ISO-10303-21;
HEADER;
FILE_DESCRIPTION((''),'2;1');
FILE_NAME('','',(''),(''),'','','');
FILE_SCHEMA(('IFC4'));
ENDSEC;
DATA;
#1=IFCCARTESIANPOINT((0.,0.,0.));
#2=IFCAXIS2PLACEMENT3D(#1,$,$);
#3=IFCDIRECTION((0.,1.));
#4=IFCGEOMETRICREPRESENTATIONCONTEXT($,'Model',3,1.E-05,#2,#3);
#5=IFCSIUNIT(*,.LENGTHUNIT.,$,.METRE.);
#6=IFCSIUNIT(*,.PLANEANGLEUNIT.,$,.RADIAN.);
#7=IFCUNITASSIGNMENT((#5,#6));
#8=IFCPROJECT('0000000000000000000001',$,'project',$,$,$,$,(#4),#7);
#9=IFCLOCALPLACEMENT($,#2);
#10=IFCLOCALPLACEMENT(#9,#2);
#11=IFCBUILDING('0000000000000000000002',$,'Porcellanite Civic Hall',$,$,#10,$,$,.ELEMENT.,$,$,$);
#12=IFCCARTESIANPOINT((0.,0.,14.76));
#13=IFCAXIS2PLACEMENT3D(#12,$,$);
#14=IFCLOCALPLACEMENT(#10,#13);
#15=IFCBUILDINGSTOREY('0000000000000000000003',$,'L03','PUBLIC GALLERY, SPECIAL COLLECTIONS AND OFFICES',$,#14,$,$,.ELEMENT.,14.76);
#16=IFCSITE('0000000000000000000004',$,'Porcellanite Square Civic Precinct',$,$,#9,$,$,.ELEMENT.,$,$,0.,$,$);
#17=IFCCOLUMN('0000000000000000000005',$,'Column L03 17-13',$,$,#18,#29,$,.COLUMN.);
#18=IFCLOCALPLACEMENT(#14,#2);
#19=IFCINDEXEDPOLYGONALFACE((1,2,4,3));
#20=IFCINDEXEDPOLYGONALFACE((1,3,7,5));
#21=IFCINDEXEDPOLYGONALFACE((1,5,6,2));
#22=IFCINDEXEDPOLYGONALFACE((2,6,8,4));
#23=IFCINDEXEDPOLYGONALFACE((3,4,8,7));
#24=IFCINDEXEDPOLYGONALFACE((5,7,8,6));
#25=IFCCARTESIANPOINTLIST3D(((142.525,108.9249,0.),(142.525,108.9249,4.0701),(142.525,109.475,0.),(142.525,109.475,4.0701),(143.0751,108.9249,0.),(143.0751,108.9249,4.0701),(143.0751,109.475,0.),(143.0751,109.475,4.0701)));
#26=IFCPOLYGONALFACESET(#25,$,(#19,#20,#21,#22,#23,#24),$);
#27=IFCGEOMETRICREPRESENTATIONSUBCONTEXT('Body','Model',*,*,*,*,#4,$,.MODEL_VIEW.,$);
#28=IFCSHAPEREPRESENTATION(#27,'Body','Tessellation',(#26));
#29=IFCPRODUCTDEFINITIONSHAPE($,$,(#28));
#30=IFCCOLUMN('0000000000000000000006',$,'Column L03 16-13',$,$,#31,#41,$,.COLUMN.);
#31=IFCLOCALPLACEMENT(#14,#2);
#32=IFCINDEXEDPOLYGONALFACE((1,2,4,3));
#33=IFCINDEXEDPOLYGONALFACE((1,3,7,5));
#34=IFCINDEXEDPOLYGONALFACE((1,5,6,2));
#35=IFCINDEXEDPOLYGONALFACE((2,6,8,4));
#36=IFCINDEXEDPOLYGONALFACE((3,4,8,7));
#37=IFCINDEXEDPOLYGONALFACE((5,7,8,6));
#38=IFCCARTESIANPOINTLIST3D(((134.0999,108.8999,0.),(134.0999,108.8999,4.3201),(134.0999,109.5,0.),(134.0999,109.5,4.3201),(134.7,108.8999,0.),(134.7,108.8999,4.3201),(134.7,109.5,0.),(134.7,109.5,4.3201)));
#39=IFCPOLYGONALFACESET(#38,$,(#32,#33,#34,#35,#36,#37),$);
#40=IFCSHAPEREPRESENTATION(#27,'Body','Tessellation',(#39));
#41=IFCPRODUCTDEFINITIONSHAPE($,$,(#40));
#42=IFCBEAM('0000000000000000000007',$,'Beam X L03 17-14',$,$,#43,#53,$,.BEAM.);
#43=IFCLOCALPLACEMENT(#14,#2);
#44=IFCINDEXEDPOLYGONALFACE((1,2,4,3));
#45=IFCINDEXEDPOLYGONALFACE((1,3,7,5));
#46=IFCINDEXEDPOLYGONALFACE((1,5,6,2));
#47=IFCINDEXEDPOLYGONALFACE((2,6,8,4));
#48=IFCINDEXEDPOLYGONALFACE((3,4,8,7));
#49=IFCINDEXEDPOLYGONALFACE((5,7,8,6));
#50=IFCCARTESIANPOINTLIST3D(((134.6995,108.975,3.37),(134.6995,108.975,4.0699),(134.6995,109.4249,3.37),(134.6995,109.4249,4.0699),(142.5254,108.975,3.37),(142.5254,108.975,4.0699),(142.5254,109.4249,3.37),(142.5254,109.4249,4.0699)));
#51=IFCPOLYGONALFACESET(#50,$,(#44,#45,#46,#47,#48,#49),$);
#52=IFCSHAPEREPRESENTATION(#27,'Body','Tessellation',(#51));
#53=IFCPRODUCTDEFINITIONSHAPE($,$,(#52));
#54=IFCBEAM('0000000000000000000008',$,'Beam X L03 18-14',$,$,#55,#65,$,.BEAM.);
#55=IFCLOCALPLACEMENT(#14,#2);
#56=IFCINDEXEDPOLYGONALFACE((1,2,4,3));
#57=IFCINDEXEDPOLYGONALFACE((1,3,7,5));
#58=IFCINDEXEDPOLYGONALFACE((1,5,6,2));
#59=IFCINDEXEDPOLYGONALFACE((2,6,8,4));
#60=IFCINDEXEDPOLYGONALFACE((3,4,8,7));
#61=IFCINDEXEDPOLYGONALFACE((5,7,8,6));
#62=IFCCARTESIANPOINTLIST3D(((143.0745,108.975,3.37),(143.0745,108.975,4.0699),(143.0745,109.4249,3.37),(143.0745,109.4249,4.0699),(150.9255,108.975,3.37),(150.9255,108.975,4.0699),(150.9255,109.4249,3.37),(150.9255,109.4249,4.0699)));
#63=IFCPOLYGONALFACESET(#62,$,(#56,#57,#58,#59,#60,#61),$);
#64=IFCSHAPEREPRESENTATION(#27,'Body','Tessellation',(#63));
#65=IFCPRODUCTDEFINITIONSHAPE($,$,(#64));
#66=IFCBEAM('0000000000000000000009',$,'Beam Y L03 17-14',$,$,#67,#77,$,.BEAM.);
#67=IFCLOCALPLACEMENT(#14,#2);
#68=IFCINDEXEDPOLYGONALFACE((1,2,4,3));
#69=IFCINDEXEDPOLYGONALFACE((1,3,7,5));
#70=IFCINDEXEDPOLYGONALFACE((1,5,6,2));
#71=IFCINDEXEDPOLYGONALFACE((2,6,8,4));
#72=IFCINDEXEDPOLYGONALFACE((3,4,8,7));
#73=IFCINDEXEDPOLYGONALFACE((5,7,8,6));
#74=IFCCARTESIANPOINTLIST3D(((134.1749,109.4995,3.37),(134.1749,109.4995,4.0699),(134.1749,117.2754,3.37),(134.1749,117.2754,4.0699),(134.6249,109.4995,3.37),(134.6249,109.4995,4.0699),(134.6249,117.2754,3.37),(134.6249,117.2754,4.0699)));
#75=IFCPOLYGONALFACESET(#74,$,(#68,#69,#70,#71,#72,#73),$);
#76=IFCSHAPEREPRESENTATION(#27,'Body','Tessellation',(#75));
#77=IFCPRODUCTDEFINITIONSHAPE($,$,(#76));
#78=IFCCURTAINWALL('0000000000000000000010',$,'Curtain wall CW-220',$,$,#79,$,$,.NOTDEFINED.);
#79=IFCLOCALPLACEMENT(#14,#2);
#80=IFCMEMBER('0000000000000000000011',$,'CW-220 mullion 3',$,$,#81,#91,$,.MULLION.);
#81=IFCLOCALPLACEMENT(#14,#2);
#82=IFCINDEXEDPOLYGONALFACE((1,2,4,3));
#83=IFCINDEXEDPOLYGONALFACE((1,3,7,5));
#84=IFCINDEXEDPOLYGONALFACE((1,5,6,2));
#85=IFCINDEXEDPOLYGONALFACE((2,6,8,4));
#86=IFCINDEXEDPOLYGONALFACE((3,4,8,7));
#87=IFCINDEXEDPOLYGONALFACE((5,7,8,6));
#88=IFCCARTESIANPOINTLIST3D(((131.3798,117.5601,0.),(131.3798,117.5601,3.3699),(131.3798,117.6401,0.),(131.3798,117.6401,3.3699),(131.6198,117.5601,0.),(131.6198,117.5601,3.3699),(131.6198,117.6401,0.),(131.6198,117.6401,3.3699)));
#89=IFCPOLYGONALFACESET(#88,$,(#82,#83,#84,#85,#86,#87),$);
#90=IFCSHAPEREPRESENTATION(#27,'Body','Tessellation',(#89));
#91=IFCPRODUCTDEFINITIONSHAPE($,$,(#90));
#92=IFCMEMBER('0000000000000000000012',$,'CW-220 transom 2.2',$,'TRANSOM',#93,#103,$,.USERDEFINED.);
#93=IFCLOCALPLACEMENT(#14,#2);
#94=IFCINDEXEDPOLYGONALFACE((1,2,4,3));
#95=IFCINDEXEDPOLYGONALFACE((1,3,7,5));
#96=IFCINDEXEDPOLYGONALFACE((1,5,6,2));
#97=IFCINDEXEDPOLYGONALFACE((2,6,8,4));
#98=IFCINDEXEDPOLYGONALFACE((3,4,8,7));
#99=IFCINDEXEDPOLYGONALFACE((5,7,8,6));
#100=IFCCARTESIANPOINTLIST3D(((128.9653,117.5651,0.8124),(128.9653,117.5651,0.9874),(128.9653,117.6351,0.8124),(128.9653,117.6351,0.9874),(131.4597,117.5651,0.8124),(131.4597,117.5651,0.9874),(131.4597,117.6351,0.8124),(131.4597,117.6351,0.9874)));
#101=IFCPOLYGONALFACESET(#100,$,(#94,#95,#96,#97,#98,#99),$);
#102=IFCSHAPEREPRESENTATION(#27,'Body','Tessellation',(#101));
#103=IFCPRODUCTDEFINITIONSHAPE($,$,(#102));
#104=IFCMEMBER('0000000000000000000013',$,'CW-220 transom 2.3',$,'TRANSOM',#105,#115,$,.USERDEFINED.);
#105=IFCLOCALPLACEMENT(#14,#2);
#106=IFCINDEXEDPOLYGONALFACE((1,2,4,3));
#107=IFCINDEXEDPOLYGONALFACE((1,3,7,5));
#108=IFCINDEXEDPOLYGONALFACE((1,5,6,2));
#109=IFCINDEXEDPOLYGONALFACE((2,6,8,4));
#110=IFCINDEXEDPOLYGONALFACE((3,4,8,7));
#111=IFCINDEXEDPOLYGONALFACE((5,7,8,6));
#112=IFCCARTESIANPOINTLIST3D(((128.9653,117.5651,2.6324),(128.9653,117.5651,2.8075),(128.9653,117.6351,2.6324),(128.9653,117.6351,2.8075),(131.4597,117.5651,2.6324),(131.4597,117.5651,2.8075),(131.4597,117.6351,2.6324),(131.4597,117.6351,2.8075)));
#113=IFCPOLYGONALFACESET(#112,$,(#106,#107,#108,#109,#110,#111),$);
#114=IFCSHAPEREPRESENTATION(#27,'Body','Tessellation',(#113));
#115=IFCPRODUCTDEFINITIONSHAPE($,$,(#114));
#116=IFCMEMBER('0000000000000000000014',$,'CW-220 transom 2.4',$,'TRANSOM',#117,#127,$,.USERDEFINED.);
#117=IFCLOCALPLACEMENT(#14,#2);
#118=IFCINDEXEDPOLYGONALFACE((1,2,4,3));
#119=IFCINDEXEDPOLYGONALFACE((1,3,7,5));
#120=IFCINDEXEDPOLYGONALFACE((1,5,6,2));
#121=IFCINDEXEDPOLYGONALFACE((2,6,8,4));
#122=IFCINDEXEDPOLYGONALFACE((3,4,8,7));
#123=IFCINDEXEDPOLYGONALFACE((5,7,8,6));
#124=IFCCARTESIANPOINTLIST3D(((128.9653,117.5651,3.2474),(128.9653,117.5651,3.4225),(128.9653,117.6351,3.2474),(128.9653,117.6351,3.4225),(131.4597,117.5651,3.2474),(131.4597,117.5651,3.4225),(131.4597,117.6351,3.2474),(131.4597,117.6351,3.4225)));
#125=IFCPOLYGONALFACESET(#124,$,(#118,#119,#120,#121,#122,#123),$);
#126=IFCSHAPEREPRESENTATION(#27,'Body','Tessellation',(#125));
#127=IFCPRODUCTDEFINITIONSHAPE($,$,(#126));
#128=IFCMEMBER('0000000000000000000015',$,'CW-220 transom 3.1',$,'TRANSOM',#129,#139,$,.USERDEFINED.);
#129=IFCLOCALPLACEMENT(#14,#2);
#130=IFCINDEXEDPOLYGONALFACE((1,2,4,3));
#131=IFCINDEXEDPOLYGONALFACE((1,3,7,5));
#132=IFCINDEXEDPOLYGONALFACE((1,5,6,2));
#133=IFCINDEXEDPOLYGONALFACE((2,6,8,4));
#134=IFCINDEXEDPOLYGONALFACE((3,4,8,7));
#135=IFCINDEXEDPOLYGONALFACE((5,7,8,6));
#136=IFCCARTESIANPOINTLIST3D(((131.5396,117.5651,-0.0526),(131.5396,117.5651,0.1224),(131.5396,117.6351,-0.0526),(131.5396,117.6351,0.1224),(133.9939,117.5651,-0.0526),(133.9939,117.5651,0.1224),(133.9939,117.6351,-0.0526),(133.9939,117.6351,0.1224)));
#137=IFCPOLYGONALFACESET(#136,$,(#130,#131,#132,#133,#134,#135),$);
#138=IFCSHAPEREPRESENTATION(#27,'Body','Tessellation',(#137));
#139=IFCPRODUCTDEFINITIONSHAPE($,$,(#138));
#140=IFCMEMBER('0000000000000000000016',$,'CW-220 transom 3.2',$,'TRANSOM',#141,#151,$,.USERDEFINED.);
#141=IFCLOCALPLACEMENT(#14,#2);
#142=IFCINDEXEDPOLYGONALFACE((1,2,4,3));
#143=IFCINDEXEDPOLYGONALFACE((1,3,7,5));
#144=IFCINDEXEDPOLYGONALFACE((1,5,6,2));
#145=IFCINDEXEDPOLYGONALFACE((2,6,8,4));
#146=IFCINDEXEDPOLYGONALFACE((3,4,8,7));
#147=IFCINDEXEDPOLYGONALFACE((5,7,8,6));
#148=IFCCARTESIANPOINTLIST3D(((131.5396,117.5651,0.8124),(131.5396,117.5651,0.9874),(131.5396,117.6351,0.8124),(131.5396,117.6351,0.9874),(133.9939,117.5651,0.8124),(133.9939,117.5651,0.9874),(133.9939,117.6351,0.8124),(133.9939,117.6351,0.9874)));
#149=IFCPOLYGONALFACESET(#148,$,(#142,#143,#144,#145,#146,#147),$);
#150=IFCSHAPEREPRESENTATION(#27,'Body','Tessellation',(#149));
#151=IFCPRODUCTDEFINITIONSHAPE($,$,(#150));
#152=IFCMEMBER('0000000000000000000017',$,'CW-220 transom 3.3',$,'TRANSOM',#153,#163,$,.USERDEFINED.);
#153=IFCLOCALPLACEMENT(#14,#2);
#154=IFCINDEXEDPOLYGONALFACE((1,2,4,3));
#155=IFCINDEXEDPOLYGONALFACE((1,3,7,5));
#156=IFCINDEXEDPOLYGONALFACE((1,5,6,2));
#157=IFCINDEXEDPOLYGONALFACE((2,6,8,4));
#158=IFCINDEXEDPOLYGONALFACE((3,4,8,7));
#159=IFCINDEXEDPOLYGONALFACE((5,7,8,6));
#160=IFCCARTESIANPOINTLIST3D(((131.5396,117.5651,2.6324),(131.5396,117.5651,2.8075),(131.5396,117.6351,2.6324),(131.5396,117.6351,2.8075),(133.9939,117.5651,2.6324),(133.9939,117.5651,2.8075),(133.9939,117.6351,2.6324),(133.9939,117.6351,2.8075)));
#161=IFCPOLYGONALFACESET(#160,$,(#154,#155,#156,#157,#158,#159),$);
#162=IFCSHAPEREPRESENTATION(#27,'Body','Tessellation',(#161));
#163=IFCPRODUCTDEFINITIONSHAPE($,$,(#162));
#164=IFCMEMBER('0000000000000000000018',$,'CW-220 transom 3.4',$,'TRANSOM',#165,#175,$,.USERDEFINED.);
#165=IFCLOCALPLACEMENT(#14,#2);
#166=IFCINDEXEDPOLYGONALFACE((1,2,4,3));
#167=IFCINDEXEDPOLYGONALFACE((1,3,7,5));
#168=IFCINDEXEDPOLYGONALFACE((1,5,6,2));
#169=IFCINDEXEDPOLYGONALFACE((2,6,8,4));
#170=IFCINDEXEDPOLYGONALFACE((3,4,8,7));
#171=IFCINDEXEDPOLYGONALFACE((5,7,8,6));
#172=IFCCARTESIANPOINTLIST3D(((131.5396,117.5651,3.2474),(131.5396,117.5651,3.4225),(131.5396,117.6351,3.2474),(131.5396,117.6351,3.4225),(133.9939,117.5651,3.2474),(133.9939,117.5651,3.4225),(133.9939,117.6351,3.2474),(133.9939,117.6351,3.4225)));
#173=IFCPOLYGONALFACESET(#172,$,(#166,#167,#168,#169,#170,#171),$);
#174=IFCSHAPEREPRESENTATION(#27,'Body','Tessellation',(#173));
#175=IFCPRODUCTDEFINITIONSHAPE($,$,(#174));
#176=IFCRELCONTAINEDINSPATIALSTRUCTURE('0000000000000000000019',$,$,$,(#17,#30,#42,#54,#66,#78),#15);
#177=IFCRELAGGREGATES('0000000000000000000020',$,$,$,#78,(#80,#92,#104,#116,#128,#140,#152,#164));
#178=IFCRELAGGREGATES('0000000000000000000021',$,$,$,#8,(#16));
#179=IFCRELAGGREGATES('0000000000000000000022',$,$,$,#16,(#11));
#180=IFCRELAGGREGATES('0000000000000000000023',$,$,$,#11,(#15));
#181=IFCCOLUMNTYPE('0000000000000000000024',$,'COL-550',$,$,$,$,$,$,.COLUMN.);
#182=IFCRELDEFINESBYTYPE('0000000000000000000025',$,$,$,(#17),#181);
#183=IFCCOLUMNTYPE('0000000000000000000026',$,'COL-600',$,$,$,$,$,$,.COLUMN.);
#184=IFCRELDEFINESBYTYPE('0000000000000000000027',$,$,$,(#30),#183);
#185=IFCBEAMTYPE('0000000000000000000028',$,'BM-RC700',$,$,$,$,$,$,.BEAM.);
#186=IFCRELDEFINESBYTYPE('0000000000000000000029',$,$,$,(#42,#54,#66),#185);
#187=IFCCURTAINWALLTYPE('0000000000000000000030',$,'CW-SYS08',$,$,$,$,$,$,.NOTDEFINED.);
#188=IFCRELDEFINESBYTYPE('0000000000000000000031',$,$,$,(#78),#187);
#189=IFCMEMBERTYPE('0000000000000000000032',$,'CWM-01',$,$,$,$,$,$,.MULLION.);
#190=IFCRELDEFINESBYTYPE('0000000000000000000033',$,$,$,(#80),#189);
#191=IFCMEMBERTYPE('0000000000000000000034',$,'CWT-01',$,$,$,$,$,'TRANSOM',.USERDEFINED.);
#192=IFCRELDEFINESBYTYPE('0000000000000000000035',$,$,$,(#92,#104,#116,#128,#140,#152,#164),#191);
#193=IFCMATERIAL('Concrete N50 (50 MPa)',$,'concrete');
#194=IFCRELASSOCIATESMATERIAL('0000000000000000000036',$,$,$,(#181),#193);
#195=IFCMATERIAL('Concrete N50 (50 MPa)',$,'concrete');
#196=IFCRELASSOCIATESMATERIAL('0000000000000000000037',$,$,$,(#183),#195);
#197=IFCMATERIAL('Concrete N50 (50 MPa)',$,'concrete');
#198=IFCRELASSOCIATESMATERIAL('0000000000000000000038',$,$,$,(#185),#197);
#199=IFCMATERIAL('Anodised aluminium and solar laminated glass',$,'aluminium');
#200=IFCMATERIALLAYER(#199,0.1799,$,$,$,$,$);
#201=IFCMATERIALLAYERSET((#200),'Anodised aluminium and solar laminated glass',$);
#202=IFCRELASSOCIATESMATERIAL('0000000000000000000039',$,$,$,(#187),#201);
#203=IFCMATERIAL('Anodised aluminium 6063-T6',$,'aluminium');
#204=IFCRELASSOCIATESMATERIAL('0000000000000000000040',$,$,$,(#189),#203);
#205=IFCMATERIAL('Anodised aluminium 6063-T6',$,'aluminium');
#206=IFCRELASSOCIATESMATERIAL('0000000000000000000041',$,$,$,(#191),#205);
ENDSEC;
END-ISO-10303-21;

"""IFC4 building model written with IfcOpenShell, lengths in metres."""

from ifc_helpers import new_model, si_unit, direction, frame, origin, origin_2d, place, context, subcontext, project, spatial, rectangle, extrude, material, layer, layer_set, material_profile, profile_set, type_object, element, aggregate, save


model = new_model("IFC4")

# Units and contexts
model_context = context("Model", 3, precision=1e-05, world=origin(), true_north=direction((0.0, 1.0)))
body_context = subcontext(model_context, "Body", "Model", "MODEL_VIEW")
ifc_project = project(units=[si_unit("LENGTHUNIT", "METRE"), si_unit("PLANEANGLEUNIT", "RADIAN")], contexts=[model_context])

# Site, building, storey
site_placement = place(None, origin())
site = spatial("IfcSite", under=ifc_project, at=site_placement, Name="Porcellanite Square Civic Precinct", CompositionType="ELEMENT", RefElevation=0.0)
building_placement = place(site_placement, origin())
building = spatial("IfcBuilding", under=site, at=building_placement, Name="Porcellanite Civic Hall", CompositionType="ELEMENT")
storey_placement = place(building_placement, frame((0.0, 0.0, 14.76)))
storey = spatial("IfcBuildingStorey", under=building, at=storey_placement, Name="L03", Description="PUBLIC GALLERY, SPECIAL COLLECTIONS AND OFFICES", CompositionType="ELEMENT", Elevation=14.76)

# Columns
ifc_material_1 = material(Name="Concrete N50 (50 MPa)", Category="concrete")
ifc_material_profile_1 = material_profile(ifc_material_1, rectangle(XDim=0.55, YDim=0.55, at=origin_2d()), Name="RC-550x550")
ifc_profile_set_1 = profile_set([ifc_material_profile_1], Name="Concrete N50 (50 MPa)")
column_type_1 = type_object("IfcColumnType", Name="COL-550", PredefinedType="COLUMN", material=ifc_profile_set_1)
column_1_placement = place(storey_placement, frame((142.8, 109.2, 0.0), z_axis=(0.0, 0.0, 1.0), x_axis=(1.0, 0.0, 0.0)))
element("IfcColumn", 1, at=column_1_placement, inside=storey, type_object=column_type_1, Name="Column L03 17-13", PredefinedType="COLUMN", context=body_context, shape_type="SweptSolid", body=[
    extrude(rectangle(XDim=0.55, YDim=0.55, at=origin_2d()), origin(), (0.0, 0.0, 1.0), 4.0701),
])
ifc_material_2 = material(Name="Concrete N50 (50 MPa)", Category="concrete")
ifc_material_profile_2 = material_profile(ifc_material_2, rectangle(XDim=0.6001, YDim=0.6001, at=origin_2d()), Name="RC-600x600")
ifc_profile_set_2 = profile_set([ifc_material_profile_2], Name="Concrete N50 (50 MPa)")
column_type_2 = type_object("IfcColumnType", Name="COL-600", PredefinedType="COLUMN", material=ifc_profile_set_2)
column_2_placement = place(storey_placement, frame((134.3999, 109.2, 0.0), z_axis=(0.0, 0.0, 1.0), x_axis=(1.0, 0.0, 0.0)))
element("IfcColumn", 2, at=column_2_placement, inside=storey, type_object=column_type_2, Name="Column L03 16-13", PredefinedType="COLUMN", context=body_context, shape_type="SweptSolid", body=[
    extrude(rectangle(XDim=0.6001, YDim=0.6001, at=origin_2d()), origin(), (0.0, 0.0, 1.0), 4.3201),
])

# Beams
ifc_material_3 = material(Name="Concrete N50 (50 MPa)", Category="concrete")
ifc_material_profile_3 = material_profile(ifc_material_3, rectangle(XDim=0.45, YDim=0.7, at=origin_2d()), Name="RC-450x700")
ifc_profile_set_3 = profile_set([ifc_material_profile_3], Name="Concrete N50 (50 MPa)")
beam_type_1 = type_object("IfcBeamType", Name="BM-RC700", PredefinedType="BEAM", material=ifc_profile_set_3)
beam_1_placement = place(storey_placement, frame((134.6995, 109.2, 3.72), z_axis=(1.0, 0.0, 0.0), x_axis=(0.0, 1.0, 0.0)))
element("IfcBeam", 3, at=beam_1_placement, inside=storey, type_object=beam_type_1, Name="Beam X L03 17-14", PredefinedType="BEAM", context=body_context, shape_type="SweptSolid", body=[
    extrude(rectangle(XDim=0.45, YDim=0.7, at=origin_2d()), origin(), (0.0, 0.0, 1.0), 7.8259),
])
beam_2_placement = place(storey_placement, frame((143.0745, 109.2, 3.72), z_axis=(1.0, 0.0, 0.0), x_axis=(0.0, 1.0, 0.0)))
element("IfcBeam", 4, at=beam_2_placement, inside=storey, type_object=beam_type_1, Name="Beam X L03 18-14", PredefinedType="BEAM", context=body_context, shape_type="SweptSolid", body=[
    extrude(rectangle(XDim=0.45, YDim=0.7, at=origin_2d()), origin(), (0.0, 0.0, 1.0), 7.8511),
])
beam_3_placement = place(storey_placement, frame((134.3999, 109.4995, 3.72), z_axis=(0.0, 1.0, 0.0), x_axis=(-1.0, 0.0, 0.0)))
element("IfcBeam", 5, at=beam_3_placement, inside=storey, type_object=beam_type_1, Name="Beam Y L03 17-14", PredefinedType="BEAM", context=body_context, shape_type="SweptSolid", body=[
    extrude(rectangle(XDim=0.45, YDim=0.7, at=origin_2d()), origin(), (0.0, 0.0, 1.0), 7.7759),
])

# Curtain wall, members
ifc_material_4 = material(Name="Anodised aluminium and solar laminated glass", Category="aluminium")
ifc_layer_1 = layer(ifc_material_4, 0.1799)
ifc_layer_set_1 = layer_set([ifc_layer_1], Name="Anodised aluminium and solar laminated glass")
curtain_wall_type = type_object("IfcCurtainWallType", Name="CW-SYS08", PredefinedType="NOTDEFINED", material=ifc_layer_set_1)
curtain_wall_placement = place(storey_placement, origin())
curtain_wall = element("IfcCurtainWall", 6, at=curtain_wall_placement, inside=storey, type_object=curtain_wall_type, Name="Curtain wall CW-220", PredefinedType="NOTDEFINED")
ifc_material_5 = material(Name="Anodised aluminium 6063-T6", Category="aluminium")
ifc_material_profile_4 = material_profile(ifc_material_5, rectangle(XDim=0.0801, YDim=0.24, at=origin_2d()), Name="AL-80x240")
ifc_profile_set_4 = profile_set([ifc_material_profile_4], Name="Anodised aluminium 6063-T6")
member_type_1 = type_object("IfcMemberType", Name="CWM-01", PredefinedType="MULLION", material=ifc_profile_set_4)
member_1_placement = place(storey_placement, frame((131.4998, 117.6001, 0.0), z_axis=(0.0, 0.0, 1.0), x_axis=(0.0, 1.0, 0.0)))
member_1 = element("IfcMember", 7, at=member_1_placement, type_object=member_type_1, Name="CW-220 mullion 3", PredefinedType="MULLION", context=body_context, shape_type="SweptSolid", body=[
    extrude(rectangle(XDim=0.0801, YDim=0.24, at=origin_2d()), origin(), (0.0, 0.0, 1.0), 3.3699),
])
ifc_material_6 = material(Name="Anodised aluminium 6063-T6", Category="aluminium")
ifc_material_profile_5 = material_profile(ifc_material_6, rectangle(XDim=0.0701, YDim=0.175, at=origin_2d()), Name="AL-70x175")
ifc_profile_set_5 = profile_set([ifc_material_profile_5], Name="Anodised aluminium 6063-T6")
member_type_2 = type_object("IfcMemberType", Name="CWT-01", ElementType="TRANSOM", PredefinedType="USERDEFINED", material=ifc_profile_set_5)
member_2_placement = place(storey_placement, frame((128.9653, 117.6001, 0.8999), z_axis=(1.0, 0.0, 0.0), x_axis=(0.0, 1.0, 0.0)))
member_2 = element("IfcMember", 8, at=member_2_placement, type_object=member_type_2, Name="CW-220 transom 2.2", ObjectType="TRANSOM", PredefinedType="USERDEFINED", context=body_context, shape_type="SweptSolid", body=[
    extrude(rectangle(XDim=0.0701, YDim=0.175, at=origin_2d()), origin(), (0.0, 0.0, 1.0), 2.4944),
])
member_3_placement = place(storey_placement, frame((128.9653, 117.6001, 2.72), z_axis=(1.0, 0.0, 0.0), x_axis=(0.0, 1.0, 0.0)))
member_3 = element("IfcMember", 9, at=member_3_placement, type_object=member_type_2, Name="CW-220 transom 2.3", ObjectType="TRANSOM", PredefinedType="USERDEFINED", context=body_context, shape_type="SweptSolid", body=[
    extrude(rectangle(XDim=0.0701, YDim=0.175, at=origin_2d()), origin(), (0.0, 0.0, 1.0), 2.4944),
])
member_4_placement = place(storey_placement, frame((128.9653, 117.6001, 3.335), z_axis=(1.0, 0.0, 0.0), x_axis=(0.0, 1.0, 0.0)))
member_4 = element("IfcMember", 10, at=member_4_placement, type_object=member_type_2, Name="CW-220 transom 2.4", ObjectType="TRANSOM", PredefinedType="USERDEFINED", context=body_context, shape_type="SweptSolid", body=[
    extrude(rectangle(XDim=0.0701, YDim=0.175, at=origin_2d()), origin(), (0.0, 0.0, 1.0), 2.4944),
])
member_5_placement = place(storey_placement, frame((131.5396, 117.6001, 0.0349), z_axis=(1.0, 0.0, 0.0), x_axis=(0.0, 1.0, 0.0)))
member_5 = element("IfcMember", 11, at=member_5_placement, type_object=member_type_2, Name="CW-220 transom 3.1", ObjectType="TRANSOM", PredefinedType="USERDEFINED", context=body_context, shape_type="SweptSolid", body=[
    extrude(rectangle(XDim=0.0701, YDim=0.175, at=origin_2d()), origin(), (0.0, 0.0, 1.0), 2.4543),
])
member_6_placement = place(storey_placement, frame((131.5396, 117.6001, 0.8999), z_axis=(1.0, 0.0, 0.0), x_axis=(0.0, 1.0, 0.0)))
member_6 = element("IfcMember", 12, at=member_6_placement, type_object=member_type_2, Name="CW-220 transom 3.2", ObjectType="TRANSOM", PredefinedType="USERDEFINED", context=body_context, shape_type="SweptSolid", body=[
    extrude(rectangle(XDim=0.0701, YDim=0.175, at=origin_2d()), origin(), (0.0, 0.0, 1.0), 2.4543),
])
member_7_placement = place(storey_placement, frame((131.5396, 117.6001, 2.72), z_axis=(1.0, 0.0, 0.0), x_axis=(0.0, 1.0, 0.0)))
member_7 = element("IfcMember", 13, at=member_7_placement, type_object=member_type_2, Name="CW-220 transom 3.3", ObjectType="TRANSOM", PredefinedType="USERDEFINED", context=body_context, shape_type="SweptSolid", body=[
    extrude(rectangle(XDim=0.0701, YDim=0.175, at=origin_2d()), origin(), (0.0, 0.0, 1.0), 2.4543),
])
member_8_placement = place(storey_placement, frame((131.5396, 117.6001, 3.335), z_axis=(1.0, 0.0, 0.0), x_axis=(0.0, 1.0, 0.0)))
member_8 = element("IfcMember", 14, at=member_8_placement, type_object=member_type_2, Name="CW-220 transom 3.4", ObjectType="TRANSOM", PredefinedType="USERDEFINED", context=body_context, shape_type="SweptSolid", body=[
    extrude(rectangle(XDim=0.0701, YDim=0.175, at=origin_2d()), origin(), (0.0, 0.0, 1.0), 2.4543),
])

aggregate(curtain_wall, [member_1, member_2, member_3, member_4, member_5, member_6, member_7, member_8])

save(model, "model.ifc")
